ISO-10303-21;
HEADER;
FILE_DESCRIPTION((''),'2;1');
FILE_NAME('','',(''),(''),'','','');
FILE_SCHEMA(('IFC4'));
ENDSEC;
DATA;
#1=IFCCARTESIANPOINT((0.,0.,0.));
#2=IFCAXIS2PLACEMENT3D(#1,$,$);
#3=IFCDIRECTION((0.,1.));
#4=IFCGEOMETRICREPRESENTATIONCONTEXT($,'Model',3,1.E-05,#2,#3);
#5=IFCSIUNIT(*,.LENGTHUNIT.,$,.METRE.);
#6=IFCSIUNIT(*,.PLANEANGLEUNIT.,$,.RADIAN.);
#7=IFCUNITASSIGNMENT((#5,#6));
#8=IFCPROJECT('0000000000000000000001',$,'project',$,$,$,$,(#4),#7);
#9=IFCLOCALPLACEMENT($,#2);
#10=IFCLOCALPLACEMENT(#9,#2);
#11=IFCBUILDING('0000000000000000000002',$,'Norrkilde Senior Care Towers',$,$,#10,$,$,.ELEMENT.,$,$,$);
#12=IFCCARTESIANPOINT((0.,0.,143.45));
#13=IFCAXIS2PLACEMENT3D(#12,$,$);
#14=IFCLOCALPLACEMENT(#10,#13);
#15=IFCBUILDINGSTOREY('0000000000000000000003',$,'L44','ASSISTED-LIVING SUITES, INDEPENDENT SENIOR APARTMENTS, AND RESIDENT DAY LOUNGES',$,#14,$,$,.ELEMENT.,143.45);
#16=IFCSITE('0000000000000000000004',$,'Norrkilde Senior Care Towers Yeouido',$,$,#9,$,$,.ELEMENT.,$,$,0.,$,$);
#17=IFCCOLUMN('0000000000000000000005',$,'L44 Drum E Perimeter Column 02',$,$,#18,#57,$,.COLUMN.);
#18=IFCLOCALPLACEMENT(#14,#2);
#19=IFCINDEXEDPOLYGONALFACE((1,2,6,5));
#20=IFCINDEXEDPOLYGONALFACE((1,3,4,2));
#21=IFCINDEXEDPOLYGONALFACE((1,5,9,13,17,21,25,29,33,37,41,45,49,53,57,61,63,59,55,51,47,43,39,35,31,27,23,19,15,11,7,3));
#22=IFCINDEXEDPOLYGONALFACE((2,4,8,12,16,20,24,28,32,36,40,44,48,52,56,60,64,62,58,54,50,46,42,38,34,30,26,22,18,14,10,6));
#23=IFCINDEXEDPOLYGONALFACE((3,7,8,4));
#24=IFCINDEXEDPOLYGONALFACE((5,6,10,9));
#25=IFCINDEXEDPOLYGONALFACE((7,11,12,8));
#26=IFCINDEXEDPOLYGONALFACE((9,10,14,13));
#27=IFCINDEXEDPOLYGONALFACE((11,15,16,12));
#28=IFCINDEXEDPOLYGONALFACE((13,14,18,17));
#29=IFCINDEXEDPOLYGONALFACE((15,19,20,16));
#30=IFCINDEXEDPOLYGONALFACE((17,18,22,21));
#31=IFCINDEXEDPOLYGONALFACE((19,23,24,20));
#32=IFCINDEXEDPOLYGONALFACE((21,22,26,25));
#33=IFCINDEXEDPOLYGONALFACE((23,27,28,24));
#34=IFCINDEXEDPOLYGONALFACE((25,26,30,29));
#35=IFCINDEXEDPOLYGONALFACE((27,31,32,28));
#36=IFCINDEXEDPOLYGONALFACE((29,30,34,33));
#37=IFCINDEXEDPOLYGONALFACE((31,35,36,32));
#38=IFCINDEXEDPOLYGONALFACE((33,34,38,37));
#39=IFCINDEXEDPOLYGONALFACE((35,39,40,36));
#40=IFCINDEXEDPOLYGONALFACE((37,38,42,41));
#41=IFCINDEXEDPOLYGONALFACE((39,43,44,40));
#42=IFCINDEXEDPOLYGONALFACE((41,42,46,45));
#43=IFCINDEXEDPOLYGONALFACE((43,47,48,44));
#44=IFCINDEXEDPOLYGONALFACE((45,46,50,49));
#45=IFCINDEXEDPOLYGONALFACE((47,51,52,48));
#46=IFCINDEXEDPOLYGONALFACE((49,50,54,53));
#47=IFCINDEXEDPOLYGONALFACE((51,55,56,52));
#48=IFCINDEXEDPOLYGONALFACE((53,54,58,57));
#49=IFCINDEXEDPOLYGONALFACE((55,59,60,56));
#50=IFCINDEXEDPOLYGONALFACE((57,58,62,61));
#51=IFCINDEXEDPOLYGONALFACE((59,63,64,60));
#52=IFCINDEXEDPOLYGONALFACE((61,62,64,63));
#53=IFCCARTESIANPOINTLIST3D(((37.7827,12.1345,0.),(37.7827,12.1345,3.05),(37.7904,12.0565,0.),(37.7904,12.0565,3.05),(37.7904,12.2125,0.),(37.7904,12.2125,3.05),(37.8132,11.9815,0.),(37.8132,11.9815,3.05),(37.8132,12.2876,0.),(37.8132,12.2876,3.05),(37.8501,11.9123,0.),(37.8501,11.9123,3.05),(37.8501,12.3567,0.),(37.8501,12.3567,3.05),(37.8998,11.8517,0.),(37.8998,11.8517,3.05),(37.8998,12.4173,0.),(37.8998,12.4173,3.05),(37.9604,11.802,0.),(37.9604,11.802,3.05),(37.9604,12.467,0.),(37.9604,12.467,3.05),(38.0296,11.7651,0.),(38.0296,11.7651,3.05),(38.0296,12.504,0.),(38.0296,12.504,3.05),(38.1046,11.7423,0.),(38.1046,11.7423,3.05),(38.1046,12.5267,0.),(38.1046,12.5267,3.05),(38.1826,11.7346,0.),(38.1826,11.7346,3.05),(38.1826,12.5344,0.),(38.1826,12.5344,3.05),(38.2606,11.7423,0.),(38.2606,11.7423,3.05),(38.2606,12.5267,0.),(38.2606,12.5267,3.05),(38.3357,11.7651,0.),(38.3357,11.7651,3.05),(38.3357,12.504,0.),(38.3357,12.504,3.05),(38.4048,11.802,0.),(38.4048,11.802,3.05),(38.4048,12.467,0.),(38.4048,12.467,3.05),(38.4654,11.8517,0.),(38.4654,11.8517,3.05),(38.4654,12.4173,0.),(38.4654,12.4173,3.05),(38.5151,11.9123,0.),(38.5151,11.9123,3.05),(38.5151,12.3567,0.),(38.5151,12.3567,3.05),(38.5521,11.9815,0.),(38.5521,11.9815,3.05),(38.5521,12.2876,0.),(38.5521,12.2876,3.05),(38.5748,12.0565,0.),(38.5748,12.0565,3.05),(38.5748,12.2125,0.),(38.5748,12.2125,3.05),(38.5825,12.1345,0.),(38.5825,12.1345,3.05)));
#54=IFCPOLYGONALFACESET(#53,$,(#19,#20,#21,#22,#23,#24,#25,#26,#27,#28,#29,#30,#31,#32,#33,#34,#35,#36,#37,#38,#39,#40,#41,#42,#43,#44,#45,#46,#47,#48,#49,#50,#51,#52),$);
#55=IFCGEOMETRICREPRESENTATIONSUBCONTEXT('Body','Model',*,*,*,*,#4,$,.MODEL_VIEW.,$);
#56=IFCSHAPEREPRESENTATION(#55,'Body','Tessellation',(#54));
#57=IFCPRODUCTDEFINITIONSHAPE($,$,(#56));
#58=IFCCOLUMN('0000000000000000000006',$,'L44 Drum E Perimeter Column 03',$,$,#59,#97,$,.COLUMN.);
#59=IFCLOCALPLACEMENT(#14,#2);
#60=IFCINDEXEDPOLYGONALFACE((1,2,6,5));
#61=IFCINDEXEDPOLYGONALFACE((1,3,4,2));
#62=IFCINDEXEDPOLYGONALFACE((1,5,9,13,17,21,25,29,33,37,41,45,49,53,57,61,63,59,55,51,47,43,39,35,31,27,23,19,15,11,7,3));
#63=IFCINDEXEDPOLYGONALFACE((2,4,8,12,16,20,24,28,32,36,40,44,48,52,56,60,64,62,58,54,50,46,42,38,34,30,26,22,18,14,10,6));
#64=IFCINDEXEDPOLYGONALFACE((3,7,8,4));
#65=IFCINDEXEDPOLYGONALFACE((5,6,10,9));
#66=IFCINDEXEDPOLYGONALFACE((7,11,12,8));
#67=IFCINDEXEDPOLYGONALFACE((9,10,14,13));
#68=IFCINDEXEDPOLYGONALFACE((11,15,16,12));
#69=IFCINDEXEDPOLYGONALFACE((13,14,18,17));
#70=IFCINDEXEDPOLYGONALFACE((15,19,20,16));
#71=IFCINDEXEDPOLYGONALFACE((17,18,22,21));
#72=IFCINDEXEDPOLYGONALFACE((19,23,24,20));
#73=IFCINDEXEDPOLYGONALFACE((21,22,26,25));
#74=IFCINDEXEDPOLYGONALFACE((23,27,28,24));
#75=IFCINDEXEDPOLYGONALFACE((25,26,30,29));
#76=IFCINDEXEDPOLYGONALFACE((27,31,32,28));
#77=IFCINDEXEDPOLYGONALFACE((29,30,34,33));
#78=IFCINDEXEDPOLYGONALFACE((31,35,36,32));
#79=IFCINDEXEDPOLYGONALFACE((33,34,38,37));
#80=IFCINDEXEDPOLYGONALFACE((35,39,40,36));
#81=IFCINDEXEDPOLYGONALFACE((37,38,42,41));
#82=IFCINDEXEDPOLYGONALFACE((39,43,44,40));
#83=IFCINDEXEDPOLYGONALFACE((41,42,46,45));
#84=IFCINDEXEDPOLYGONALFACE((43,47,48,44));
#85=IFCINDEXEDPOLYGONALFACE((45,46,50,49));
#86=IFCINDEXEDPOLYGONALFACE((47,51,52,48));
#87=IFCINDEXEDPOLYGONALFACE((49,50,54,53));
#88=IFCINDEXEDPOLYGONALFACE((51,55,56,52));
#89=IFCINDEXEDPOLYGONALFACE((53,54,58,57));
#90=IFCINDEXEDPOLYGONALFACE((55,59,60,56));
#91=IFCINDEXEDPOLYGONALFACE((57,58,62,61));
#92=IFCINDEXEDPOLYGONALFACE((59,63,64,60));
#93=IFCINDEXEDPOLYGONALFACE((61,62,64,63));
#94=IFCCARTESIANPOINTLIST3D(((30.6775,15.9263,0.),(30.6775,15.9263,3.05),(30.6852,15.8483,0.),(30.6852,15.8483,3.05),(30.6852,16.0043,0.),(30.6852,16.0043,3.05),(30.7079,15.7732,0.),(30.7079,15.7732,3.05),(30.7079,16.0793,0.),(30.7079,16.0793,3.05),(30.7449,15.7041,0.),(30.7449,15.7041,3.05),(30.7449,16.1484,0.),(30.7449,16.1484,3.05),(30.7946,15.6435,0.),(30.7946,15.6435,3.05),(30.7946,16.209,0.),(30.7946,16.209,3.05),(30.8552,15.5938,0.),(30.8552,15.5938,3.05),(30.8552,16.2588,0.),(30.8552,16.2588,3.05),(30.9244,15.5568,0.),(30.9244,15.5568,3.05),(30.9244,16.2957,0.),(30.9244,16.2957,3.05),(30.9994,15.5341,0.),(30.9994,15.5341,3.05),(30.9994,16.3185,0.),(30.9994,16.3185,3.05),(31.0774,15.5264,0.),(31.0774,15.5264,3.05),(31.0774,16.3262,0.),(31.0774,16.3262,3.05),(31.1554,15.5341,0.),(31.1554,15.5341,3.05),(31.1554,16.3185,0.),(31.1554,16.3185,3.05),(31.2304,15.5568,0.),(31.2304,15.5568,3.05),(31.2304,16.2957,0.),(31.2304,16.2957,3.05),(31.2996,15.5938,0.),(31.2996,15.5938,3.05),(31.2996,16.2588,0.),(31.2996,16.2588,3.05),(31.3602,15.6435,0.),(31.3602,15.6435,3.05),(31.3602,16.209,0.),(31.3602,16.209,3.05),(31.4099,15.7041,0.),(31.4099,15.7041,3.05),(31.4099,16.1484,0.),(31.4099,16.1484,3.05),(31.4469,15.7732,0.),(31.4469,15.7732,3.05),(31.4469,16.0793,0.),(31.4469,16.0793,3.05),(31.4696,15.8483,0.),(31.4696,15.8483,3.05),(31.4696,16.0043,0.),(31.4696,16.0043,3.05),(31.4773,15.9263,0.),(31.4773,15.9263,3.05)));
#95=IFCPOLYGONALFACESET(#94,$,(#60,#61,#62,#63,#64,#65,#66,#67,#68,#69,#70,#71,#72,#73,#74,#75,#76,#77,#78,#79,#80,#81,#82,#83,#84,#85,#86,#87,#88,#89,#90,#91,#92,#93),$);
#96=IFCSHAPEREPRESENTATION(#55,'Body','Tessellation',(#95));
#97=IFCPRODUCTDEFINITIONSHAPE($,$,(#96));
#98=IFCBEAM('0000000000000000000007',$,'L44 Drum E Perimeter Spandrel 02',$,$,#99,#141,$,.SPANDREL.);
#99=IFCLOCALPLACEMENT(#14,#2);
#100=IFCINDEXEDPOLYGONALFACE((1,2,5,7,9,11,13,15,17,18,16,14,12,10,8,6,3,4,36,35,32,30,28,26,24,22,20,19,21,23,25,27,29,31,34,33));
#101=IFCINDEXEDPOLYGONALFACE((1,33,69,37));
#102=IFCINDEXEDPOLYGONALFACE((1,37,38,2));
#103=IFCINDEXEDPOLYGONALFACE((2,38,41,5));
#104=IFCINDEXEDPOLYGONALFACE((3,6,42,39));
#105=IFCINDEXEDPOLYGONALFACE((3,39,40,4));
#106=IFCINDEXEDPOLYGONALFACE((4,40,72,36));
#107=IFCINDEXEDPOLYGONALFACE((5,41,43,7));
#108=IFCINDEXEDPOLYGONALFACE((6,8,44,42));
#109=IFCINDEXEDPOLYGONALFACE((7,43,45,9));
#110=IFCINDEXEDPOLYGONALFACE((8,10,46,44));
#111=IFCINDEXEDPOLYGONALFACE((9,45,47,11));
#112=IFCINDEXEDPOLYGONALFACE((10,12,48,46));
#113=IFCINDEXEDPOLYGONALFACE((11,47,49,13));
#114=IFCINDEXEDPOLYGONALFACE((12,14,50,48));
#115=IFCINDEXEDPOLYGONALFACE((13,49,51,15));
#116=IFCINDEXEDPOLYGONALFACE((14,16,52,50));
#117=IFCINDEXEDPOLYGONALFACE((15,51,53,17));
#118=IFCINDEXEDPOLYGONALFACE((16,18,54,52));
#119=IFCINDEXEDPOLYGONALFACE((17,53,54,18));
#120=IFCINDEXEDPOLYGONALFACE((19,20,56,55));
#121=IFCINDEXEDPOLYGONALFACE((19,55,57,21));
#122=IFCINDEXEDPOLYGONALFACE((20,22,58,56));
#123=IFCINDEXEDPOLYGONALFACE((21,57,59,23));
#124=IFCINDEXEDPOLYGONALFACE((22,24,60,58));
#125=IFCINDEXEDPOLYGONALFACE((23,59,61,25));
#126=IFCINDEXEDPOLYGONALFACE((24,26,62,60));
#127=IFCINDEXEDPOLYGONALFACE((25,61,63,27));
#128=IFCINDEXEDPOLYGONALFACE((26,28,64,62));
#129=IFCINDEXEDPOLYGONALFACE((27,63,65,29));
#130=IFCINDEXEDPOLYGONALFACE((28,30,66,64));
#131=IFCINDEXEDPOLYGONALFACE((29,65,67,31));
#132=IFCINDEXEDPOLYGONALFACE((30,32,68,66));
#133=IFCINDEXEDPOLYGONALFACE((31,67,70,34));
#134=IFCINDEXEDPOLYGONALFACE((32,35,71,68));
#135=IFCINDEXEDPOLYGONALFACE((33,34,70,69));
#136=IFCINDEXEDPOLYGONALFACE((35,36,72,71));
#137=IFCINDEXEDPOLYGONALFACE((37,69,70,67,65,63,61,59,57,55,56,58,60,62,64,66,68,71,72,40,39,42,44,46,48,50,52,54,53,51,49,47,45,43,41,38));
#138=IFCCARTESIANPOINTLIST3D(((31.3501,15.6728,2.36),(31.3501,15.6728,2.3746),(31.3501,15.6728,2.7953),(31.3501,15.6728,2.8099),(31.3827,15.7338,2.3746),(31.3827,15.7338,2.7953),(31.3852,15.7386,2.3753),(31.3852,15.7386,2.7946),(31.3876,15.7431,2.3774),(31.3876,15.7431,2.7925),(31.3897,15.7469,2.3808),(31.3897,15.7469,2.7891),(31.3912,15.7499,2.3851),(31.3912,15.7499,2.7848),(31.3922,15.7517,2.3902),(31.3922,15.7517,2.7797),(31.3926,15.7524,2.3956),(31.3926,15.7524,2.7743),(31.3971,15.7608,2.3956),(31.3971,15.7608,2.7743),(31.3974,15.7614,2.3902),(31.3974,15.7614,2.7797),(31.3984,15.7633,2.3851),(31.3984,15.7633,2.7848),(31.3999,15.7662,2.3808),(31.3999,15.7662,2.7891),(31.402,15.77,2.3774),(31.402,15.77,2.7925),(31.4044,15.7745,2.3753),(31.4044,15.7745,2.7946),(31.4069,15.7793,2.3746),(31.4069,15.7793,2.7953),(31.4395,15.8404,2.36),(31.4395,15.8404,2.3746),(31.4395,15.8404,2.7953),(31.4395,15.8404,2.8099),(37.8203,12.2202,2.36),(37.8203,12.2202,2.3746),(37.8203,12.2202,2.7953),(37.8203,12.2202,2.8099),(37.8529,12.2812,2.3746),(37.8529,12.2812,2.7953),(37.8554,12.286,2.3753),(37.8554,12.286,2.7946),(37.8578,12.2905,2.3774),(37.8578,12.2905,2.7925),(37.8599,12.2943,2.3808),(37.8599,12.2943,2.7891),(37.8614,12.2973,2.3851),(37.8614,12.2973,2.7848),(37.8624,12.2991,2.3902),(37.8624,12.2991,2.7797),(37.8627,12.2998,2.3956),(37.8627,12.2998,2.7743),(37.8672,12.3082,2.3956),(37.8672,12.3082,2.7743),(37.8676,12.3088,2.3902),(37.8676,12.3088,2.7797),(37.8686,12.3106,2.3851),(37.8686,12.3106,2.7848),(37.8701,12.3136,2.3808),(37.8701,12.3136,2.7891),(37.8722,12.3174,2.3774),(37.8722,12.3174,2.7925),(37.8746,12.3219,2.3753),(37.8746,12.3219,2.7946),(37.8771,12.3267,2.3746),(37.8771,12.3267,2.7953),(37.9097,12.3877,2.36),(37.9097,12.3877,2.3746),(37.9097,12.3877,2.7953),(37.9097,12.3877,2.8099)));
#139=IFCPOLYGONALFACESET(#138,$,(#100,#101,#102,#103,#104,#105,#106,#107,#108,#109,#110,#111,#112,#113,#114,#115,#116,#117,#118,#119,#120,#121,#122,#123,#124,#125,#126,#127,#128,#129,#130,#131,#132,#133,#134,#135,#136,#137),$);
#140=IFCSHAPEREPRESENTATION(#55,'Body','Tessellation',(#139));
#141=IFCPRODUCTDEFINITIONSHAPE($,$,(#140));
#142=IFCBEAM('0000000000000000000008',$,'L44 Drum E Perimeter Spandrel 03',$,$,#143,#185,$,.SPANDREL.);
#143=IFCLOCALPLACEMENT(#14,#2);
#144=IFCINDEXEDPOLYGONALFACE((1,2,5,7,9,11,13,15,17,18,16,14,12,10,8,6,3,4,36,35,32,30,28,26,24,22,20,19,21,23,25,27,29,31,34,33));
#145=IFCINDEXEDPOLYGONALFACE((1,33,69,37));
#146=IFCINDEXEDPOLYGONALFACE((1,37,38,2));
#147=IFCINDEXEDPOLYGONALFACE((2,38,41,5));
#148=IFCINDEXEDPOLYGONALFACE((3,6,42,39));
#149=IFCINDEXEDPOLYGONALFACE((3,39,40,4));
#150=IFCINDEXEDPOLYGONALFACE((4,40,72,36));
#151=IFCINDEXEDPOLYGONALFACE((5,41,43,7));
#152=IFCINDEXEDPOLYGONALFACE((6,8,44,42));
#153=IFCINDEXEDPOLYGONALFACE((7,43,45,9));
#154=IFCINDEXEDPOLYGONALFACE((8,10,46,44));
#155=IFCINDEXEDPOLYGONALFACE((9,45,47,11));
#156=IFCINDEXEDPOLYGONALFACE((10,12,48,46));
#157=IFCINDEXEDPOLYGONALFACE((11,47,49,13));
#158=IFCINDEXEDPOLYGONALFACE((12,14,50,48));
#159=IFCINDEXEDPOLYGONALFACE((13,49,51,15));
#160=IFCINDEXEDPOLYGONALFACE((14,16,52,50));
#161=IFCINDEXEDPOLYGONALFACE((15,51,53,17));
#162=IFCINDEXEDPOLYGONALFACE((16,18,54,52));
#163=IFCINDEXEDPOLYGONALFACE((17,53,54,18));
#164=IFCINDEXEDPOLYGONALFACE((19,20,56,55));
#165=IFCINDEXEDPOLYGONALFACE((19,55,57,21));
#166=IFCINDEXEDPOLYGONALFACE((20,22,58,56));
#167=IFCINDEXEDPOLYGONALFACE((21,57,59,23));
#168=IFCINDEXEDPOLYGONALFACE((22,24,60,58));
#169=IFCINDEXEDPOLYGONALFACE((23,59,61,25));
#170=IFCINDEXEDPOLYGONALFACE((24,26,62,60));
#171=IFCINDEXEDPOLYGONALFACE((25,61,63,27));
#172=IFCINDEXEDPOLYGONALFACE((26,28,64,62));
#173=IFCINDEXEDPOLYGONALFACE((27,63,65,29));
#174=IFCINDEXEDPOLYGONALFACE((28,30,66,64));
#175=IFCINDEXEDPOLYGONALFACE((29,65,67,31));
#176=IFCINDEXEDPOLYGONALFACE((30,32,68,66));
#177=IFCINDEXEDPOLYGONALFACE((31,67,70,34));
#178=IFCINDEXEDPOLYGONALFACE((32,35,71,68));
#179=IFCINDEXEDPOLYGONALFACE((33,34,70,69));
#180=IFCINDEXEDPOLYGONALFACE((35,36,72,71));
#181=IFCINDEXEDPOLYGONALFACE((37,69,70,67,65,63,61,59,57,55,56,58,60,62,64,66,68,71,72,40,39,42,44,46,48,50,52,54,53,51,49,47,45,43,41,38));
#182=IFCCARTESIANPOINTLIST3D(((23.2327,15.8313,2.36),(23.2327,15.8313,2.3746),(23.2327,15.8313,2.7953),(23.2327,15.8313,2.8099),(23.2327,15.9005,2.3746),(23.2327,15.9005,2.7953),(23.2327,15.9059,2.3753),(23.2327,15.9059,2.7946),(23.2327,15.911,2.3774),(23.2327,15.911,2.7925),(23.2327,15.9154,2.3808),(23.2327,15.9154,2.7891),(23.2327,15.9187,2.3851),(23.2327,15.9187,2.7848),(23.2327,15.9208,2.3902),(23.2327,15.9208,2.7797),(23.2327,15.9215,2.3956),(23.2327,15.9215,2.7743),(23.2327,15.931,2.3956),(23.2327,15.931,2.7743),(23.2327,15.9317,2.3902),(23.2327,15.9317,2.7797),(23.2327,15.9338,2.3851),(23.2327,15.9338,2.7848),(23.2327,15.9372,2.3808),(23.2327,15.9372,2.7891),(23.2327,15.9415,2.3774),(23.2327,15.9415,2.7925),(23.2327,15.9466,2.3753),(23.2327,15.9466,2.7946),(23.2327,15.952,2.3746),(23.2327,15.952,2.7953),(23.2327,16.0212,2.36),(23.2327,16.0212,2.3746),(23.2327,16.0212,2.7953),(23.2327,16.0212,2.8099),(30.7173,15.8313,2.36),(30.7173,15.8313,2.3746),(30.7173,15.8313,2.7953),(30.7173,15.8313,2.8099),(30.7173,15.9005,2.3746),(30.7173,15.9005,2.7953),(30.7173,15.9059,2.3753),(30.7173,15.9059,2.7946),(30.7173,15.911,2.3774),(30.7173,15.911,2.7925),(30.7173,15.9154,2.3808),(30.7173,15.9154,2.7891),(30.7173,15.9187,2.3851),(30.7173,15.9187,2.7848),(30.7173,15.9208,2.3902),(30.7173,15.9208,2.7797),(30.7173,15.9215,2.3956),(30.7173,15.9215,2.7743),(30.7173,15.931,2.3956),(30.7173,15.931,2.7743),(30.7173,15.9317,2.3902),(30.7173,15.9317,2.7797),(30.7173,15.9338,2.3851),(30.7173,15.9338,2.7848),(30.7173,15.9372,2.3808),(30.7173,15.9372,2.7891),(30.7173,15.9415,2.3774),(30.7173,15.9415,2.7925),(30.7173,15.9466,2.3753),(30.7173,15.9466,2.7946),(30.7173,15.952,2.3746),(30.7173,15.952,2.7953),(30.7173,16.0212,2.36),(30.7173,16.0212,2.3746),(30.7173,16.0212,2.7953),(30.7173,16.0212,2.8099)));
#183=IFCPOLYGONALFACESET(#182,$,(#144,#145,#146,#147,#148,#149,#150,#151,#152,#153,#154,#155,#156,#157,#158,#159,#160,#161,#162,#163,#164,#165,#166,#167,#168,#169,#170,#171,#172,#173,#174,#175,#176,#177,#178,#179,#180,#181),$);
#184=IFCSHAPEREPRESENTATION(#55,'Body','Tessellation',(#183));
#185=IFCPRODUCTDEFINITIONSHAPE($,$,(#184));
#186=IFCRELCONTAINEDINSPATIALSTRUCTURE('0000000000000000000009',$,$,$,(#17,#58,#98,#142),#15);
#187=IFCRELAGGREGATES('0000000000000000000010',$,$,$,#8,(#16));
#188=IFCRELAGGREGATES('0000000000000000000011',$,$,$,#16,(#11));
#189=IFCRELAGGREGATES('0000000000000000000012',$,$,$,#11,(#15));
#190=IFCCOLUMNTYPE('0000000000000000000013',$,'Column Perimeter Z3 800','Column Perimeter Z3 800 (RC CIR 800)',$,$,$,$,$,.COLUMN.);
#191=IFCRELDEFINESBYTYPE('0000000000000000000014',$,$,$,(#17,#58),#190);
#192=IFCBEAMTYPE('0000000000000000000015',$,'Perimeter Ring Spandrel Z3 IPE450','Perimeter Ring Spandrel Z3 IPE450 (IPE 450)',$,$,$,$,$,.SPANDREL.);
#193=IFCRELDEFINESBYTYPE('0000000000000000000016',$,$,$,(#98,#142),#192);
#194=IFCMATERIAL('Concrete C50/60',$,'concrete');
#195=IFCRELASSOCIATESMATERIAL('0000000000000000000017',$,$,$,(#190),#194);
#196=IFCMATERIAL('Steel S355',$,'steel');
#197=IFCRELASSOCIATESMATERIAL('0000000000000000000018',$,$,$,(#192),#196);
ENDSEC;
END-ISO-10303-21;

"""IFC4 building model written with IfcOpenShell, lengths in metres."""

from ifc_helpers import new_model, si_unit, direction, frame, origin, origin_2d, place, context, subcontext, project, spatial, circle, i_section, extrude, source, transform, mapped, material, material_profile, profile_set, type_object, type_shapes, element, save


model = new_model("IFC4")

# Units and contexts
model_context = context("Model", 3, precision=1e-05, world=origin(), true_north=direction((0.0, 1.0)))
body_context = subcontext(model_context, "Body", "Model", "MODEL_VIEW")
ifc_project = project(units=[si_unit("LENGTHUNIT", "METRE"), si_unit("PLANEANGLEUNIT", "RADIAN")], contexts=[model_context])

# Site, building, storey
site_placement = place(None, origin())
site = spatial("IfcSite", under=ifc_project, at=site_placement, Name="Norrkilde Senior Care Towers Yeouido", CompositionType="ELEMENT", RefElevation=0.0)
building_placement = place(site_placement, origin())
building = spatial("IfcBuilding", under=site, at=building_placement, Name="Norrkilde Senior Care Towers", CompositionType="ELEMENT")
storey_placement = place(building_placement, frame((0.0, 0.0, 143.45)))
storey = spatial("IfcBuildingStorey", under=building, at=storey_placement, Name="L44", Description="ASSISTED-LIVING SUITES, INDEPENDENT SENIOR APARTMENTS, AND RESIDENT DAY LOUNGES", CompositionType="ELEMENT", Elevation=143.45)

# Columns
ifc_material_1 = material(Name="Concrete C50/60", Category="concrete")
ifc_material_profile_1 = material_profile(ifc_material_1, circle(Radius=0.3999, at=origin_2d()), Name="RC CIR 800")
ifc_profile_set_1 = profile_set([ifc_material_profile_1], Name="Concrete C50/60")
column_type = type_object("IfcColumnType", Name="Column Perimeter Z3 800", Description="Column Perimeter Z3 800 (RC CIR 800)", PredefinedType="COLUMN", material=ifc_profile_set_1)
shared_shape_1 = source(origin(), body_context, "Body", "SweptSolid", [
    extrude(circle(Radius=0.3999, at=origin_2d()), origin(), (0.0, 0.0, 1.0), 3.05),
])
type_shapes(column_type, [shared_shape_1])
for number, where, z_axis, x_axis, name in (
    (1, (38.1826, 12.1345, 0.0), (0.0, 0.0, 1.0), (1.0, 0.0, 0.0), "L44 Drum E Perimeter Column 02"),
    (2, (31.0774, 15.9263, 0.0), (0.0, 0.0, 1.0), (1.0, 0.0, 0.0), "L44 Drum E Perimeter Column 03"),
):
    element("IfcColumn", number, at=place(storey_placement, frame(where, z_axis=z_axis, x_axis=x_axis)), inside=storey, type_object=column_type, Name=name, PredefinedType="COLUMN", context=body_context, shape_type="MappedRepresentation", body=[
        mapped(shared_shape_1, transform((0.0, 0.0, 0.0), x_axis=(1.0, 0.0, 0.0), y_axis=(0.0, 1.0, 0.0), z_axis=(0.0, 0.0, 1.0), scale=1.0)),
    ])

# Beams
ifc_material_2 = material(Name="Steel S355", Category="steel")
ifc_material_profile_2 = material_profile(ifc_material_2, i_section(OverallWidth=0.1899, OverallDepth=0.45, WebThickness=0.0095, FlangeThickness=0.0146, FilletRadius=0.021, at=origin_2d()), Name="IPE 450")
ifc_profile_set_2 = profile_set([ifc_material_profile_2], Name="Steel S355")
beam_type = type_object("IfcBeamType", Name="Perimeter Ring Spandrel Z3 IPE450", Description="Perimeter Ring Spandrel Z3 IPE450 (IPE 450)", PredefinedType="SPANDREL", material=ifc_profile_set_2)
shared_shape_2 = source(origin(), body_context, "Body", "SweptSolid", [
    extrude(i_section(OverallWidth=0.1899, OverallDepth=0.45, WebThickness=0.0095, FlangeThickness=0.0146, FilletRadius=0.021, at=origin_2d()), origin(), (0.0, 0.0, 1.0), 7.3337),
])
beam_1_placement = place(storey_placement, frame((37.865, 12.304, 2.585), z_axis=(-0.882248, 0.470785, 0.0), x_axis=(-0.470785, -0.882248, 0.0)))
element("IfcBeam", 3, at=beam_1_placement, inside=storey, type_object=beam_type, Name="L44 Drum E Perimeter Spandrel 02", PredefinedType="SPANDREL", context=body_context, shape_type="MappedRepresentation", body=[
    mapped(shared_shape_2, transform((0.0, 0.0, 0.0), x_axis=(1.0, 0.0, 0.0), y_axis=(0.0, 1.0, 0.0), z_axis=(0.0, 0.0, 1.0), scale=1.0)),
])
shared_shape_3 = source(origin(), body_context, "Body", "SweptSolid", [
    extrude(i_section(OverallWidth=0.1899, OverallDepth=0.45, WebThickness=0.0095, FlangeThickness=0.0146, FilletRadius=0.021, at=origin_2d()), origin(), (0.0, 0.0, 1.0), 7.4846),
])
type_shapes(beam_type, [shared_shape_2, shared_shape_3])
beam_2_placement = place(storey_placement, frame((30.7173, 15.9263, 2.585), z_axis=(-1.0, 0.0, 0.0), x_axis=(0.0, -1.0, 0.0)))
element("IfcBeam", 4, at=beam_2_placement, inside=storey, type_object=beam_type, Name="L44 Drum E Perimeter Spandrel 03", PredefinedType="SPANDREL", context=body_context, shape_type="MappedRepresentation", body=[
    mapped(shared_shape_3, transform((0.0, 0.0, 0.0), x_axis=(1.0, 0.0, 0.0), y_axis=(0.0, 1.0, 0.0), z_axis=(0.0, 0.0, 1.0), scale=1.0)),
])

save(model, "model.ifc")
